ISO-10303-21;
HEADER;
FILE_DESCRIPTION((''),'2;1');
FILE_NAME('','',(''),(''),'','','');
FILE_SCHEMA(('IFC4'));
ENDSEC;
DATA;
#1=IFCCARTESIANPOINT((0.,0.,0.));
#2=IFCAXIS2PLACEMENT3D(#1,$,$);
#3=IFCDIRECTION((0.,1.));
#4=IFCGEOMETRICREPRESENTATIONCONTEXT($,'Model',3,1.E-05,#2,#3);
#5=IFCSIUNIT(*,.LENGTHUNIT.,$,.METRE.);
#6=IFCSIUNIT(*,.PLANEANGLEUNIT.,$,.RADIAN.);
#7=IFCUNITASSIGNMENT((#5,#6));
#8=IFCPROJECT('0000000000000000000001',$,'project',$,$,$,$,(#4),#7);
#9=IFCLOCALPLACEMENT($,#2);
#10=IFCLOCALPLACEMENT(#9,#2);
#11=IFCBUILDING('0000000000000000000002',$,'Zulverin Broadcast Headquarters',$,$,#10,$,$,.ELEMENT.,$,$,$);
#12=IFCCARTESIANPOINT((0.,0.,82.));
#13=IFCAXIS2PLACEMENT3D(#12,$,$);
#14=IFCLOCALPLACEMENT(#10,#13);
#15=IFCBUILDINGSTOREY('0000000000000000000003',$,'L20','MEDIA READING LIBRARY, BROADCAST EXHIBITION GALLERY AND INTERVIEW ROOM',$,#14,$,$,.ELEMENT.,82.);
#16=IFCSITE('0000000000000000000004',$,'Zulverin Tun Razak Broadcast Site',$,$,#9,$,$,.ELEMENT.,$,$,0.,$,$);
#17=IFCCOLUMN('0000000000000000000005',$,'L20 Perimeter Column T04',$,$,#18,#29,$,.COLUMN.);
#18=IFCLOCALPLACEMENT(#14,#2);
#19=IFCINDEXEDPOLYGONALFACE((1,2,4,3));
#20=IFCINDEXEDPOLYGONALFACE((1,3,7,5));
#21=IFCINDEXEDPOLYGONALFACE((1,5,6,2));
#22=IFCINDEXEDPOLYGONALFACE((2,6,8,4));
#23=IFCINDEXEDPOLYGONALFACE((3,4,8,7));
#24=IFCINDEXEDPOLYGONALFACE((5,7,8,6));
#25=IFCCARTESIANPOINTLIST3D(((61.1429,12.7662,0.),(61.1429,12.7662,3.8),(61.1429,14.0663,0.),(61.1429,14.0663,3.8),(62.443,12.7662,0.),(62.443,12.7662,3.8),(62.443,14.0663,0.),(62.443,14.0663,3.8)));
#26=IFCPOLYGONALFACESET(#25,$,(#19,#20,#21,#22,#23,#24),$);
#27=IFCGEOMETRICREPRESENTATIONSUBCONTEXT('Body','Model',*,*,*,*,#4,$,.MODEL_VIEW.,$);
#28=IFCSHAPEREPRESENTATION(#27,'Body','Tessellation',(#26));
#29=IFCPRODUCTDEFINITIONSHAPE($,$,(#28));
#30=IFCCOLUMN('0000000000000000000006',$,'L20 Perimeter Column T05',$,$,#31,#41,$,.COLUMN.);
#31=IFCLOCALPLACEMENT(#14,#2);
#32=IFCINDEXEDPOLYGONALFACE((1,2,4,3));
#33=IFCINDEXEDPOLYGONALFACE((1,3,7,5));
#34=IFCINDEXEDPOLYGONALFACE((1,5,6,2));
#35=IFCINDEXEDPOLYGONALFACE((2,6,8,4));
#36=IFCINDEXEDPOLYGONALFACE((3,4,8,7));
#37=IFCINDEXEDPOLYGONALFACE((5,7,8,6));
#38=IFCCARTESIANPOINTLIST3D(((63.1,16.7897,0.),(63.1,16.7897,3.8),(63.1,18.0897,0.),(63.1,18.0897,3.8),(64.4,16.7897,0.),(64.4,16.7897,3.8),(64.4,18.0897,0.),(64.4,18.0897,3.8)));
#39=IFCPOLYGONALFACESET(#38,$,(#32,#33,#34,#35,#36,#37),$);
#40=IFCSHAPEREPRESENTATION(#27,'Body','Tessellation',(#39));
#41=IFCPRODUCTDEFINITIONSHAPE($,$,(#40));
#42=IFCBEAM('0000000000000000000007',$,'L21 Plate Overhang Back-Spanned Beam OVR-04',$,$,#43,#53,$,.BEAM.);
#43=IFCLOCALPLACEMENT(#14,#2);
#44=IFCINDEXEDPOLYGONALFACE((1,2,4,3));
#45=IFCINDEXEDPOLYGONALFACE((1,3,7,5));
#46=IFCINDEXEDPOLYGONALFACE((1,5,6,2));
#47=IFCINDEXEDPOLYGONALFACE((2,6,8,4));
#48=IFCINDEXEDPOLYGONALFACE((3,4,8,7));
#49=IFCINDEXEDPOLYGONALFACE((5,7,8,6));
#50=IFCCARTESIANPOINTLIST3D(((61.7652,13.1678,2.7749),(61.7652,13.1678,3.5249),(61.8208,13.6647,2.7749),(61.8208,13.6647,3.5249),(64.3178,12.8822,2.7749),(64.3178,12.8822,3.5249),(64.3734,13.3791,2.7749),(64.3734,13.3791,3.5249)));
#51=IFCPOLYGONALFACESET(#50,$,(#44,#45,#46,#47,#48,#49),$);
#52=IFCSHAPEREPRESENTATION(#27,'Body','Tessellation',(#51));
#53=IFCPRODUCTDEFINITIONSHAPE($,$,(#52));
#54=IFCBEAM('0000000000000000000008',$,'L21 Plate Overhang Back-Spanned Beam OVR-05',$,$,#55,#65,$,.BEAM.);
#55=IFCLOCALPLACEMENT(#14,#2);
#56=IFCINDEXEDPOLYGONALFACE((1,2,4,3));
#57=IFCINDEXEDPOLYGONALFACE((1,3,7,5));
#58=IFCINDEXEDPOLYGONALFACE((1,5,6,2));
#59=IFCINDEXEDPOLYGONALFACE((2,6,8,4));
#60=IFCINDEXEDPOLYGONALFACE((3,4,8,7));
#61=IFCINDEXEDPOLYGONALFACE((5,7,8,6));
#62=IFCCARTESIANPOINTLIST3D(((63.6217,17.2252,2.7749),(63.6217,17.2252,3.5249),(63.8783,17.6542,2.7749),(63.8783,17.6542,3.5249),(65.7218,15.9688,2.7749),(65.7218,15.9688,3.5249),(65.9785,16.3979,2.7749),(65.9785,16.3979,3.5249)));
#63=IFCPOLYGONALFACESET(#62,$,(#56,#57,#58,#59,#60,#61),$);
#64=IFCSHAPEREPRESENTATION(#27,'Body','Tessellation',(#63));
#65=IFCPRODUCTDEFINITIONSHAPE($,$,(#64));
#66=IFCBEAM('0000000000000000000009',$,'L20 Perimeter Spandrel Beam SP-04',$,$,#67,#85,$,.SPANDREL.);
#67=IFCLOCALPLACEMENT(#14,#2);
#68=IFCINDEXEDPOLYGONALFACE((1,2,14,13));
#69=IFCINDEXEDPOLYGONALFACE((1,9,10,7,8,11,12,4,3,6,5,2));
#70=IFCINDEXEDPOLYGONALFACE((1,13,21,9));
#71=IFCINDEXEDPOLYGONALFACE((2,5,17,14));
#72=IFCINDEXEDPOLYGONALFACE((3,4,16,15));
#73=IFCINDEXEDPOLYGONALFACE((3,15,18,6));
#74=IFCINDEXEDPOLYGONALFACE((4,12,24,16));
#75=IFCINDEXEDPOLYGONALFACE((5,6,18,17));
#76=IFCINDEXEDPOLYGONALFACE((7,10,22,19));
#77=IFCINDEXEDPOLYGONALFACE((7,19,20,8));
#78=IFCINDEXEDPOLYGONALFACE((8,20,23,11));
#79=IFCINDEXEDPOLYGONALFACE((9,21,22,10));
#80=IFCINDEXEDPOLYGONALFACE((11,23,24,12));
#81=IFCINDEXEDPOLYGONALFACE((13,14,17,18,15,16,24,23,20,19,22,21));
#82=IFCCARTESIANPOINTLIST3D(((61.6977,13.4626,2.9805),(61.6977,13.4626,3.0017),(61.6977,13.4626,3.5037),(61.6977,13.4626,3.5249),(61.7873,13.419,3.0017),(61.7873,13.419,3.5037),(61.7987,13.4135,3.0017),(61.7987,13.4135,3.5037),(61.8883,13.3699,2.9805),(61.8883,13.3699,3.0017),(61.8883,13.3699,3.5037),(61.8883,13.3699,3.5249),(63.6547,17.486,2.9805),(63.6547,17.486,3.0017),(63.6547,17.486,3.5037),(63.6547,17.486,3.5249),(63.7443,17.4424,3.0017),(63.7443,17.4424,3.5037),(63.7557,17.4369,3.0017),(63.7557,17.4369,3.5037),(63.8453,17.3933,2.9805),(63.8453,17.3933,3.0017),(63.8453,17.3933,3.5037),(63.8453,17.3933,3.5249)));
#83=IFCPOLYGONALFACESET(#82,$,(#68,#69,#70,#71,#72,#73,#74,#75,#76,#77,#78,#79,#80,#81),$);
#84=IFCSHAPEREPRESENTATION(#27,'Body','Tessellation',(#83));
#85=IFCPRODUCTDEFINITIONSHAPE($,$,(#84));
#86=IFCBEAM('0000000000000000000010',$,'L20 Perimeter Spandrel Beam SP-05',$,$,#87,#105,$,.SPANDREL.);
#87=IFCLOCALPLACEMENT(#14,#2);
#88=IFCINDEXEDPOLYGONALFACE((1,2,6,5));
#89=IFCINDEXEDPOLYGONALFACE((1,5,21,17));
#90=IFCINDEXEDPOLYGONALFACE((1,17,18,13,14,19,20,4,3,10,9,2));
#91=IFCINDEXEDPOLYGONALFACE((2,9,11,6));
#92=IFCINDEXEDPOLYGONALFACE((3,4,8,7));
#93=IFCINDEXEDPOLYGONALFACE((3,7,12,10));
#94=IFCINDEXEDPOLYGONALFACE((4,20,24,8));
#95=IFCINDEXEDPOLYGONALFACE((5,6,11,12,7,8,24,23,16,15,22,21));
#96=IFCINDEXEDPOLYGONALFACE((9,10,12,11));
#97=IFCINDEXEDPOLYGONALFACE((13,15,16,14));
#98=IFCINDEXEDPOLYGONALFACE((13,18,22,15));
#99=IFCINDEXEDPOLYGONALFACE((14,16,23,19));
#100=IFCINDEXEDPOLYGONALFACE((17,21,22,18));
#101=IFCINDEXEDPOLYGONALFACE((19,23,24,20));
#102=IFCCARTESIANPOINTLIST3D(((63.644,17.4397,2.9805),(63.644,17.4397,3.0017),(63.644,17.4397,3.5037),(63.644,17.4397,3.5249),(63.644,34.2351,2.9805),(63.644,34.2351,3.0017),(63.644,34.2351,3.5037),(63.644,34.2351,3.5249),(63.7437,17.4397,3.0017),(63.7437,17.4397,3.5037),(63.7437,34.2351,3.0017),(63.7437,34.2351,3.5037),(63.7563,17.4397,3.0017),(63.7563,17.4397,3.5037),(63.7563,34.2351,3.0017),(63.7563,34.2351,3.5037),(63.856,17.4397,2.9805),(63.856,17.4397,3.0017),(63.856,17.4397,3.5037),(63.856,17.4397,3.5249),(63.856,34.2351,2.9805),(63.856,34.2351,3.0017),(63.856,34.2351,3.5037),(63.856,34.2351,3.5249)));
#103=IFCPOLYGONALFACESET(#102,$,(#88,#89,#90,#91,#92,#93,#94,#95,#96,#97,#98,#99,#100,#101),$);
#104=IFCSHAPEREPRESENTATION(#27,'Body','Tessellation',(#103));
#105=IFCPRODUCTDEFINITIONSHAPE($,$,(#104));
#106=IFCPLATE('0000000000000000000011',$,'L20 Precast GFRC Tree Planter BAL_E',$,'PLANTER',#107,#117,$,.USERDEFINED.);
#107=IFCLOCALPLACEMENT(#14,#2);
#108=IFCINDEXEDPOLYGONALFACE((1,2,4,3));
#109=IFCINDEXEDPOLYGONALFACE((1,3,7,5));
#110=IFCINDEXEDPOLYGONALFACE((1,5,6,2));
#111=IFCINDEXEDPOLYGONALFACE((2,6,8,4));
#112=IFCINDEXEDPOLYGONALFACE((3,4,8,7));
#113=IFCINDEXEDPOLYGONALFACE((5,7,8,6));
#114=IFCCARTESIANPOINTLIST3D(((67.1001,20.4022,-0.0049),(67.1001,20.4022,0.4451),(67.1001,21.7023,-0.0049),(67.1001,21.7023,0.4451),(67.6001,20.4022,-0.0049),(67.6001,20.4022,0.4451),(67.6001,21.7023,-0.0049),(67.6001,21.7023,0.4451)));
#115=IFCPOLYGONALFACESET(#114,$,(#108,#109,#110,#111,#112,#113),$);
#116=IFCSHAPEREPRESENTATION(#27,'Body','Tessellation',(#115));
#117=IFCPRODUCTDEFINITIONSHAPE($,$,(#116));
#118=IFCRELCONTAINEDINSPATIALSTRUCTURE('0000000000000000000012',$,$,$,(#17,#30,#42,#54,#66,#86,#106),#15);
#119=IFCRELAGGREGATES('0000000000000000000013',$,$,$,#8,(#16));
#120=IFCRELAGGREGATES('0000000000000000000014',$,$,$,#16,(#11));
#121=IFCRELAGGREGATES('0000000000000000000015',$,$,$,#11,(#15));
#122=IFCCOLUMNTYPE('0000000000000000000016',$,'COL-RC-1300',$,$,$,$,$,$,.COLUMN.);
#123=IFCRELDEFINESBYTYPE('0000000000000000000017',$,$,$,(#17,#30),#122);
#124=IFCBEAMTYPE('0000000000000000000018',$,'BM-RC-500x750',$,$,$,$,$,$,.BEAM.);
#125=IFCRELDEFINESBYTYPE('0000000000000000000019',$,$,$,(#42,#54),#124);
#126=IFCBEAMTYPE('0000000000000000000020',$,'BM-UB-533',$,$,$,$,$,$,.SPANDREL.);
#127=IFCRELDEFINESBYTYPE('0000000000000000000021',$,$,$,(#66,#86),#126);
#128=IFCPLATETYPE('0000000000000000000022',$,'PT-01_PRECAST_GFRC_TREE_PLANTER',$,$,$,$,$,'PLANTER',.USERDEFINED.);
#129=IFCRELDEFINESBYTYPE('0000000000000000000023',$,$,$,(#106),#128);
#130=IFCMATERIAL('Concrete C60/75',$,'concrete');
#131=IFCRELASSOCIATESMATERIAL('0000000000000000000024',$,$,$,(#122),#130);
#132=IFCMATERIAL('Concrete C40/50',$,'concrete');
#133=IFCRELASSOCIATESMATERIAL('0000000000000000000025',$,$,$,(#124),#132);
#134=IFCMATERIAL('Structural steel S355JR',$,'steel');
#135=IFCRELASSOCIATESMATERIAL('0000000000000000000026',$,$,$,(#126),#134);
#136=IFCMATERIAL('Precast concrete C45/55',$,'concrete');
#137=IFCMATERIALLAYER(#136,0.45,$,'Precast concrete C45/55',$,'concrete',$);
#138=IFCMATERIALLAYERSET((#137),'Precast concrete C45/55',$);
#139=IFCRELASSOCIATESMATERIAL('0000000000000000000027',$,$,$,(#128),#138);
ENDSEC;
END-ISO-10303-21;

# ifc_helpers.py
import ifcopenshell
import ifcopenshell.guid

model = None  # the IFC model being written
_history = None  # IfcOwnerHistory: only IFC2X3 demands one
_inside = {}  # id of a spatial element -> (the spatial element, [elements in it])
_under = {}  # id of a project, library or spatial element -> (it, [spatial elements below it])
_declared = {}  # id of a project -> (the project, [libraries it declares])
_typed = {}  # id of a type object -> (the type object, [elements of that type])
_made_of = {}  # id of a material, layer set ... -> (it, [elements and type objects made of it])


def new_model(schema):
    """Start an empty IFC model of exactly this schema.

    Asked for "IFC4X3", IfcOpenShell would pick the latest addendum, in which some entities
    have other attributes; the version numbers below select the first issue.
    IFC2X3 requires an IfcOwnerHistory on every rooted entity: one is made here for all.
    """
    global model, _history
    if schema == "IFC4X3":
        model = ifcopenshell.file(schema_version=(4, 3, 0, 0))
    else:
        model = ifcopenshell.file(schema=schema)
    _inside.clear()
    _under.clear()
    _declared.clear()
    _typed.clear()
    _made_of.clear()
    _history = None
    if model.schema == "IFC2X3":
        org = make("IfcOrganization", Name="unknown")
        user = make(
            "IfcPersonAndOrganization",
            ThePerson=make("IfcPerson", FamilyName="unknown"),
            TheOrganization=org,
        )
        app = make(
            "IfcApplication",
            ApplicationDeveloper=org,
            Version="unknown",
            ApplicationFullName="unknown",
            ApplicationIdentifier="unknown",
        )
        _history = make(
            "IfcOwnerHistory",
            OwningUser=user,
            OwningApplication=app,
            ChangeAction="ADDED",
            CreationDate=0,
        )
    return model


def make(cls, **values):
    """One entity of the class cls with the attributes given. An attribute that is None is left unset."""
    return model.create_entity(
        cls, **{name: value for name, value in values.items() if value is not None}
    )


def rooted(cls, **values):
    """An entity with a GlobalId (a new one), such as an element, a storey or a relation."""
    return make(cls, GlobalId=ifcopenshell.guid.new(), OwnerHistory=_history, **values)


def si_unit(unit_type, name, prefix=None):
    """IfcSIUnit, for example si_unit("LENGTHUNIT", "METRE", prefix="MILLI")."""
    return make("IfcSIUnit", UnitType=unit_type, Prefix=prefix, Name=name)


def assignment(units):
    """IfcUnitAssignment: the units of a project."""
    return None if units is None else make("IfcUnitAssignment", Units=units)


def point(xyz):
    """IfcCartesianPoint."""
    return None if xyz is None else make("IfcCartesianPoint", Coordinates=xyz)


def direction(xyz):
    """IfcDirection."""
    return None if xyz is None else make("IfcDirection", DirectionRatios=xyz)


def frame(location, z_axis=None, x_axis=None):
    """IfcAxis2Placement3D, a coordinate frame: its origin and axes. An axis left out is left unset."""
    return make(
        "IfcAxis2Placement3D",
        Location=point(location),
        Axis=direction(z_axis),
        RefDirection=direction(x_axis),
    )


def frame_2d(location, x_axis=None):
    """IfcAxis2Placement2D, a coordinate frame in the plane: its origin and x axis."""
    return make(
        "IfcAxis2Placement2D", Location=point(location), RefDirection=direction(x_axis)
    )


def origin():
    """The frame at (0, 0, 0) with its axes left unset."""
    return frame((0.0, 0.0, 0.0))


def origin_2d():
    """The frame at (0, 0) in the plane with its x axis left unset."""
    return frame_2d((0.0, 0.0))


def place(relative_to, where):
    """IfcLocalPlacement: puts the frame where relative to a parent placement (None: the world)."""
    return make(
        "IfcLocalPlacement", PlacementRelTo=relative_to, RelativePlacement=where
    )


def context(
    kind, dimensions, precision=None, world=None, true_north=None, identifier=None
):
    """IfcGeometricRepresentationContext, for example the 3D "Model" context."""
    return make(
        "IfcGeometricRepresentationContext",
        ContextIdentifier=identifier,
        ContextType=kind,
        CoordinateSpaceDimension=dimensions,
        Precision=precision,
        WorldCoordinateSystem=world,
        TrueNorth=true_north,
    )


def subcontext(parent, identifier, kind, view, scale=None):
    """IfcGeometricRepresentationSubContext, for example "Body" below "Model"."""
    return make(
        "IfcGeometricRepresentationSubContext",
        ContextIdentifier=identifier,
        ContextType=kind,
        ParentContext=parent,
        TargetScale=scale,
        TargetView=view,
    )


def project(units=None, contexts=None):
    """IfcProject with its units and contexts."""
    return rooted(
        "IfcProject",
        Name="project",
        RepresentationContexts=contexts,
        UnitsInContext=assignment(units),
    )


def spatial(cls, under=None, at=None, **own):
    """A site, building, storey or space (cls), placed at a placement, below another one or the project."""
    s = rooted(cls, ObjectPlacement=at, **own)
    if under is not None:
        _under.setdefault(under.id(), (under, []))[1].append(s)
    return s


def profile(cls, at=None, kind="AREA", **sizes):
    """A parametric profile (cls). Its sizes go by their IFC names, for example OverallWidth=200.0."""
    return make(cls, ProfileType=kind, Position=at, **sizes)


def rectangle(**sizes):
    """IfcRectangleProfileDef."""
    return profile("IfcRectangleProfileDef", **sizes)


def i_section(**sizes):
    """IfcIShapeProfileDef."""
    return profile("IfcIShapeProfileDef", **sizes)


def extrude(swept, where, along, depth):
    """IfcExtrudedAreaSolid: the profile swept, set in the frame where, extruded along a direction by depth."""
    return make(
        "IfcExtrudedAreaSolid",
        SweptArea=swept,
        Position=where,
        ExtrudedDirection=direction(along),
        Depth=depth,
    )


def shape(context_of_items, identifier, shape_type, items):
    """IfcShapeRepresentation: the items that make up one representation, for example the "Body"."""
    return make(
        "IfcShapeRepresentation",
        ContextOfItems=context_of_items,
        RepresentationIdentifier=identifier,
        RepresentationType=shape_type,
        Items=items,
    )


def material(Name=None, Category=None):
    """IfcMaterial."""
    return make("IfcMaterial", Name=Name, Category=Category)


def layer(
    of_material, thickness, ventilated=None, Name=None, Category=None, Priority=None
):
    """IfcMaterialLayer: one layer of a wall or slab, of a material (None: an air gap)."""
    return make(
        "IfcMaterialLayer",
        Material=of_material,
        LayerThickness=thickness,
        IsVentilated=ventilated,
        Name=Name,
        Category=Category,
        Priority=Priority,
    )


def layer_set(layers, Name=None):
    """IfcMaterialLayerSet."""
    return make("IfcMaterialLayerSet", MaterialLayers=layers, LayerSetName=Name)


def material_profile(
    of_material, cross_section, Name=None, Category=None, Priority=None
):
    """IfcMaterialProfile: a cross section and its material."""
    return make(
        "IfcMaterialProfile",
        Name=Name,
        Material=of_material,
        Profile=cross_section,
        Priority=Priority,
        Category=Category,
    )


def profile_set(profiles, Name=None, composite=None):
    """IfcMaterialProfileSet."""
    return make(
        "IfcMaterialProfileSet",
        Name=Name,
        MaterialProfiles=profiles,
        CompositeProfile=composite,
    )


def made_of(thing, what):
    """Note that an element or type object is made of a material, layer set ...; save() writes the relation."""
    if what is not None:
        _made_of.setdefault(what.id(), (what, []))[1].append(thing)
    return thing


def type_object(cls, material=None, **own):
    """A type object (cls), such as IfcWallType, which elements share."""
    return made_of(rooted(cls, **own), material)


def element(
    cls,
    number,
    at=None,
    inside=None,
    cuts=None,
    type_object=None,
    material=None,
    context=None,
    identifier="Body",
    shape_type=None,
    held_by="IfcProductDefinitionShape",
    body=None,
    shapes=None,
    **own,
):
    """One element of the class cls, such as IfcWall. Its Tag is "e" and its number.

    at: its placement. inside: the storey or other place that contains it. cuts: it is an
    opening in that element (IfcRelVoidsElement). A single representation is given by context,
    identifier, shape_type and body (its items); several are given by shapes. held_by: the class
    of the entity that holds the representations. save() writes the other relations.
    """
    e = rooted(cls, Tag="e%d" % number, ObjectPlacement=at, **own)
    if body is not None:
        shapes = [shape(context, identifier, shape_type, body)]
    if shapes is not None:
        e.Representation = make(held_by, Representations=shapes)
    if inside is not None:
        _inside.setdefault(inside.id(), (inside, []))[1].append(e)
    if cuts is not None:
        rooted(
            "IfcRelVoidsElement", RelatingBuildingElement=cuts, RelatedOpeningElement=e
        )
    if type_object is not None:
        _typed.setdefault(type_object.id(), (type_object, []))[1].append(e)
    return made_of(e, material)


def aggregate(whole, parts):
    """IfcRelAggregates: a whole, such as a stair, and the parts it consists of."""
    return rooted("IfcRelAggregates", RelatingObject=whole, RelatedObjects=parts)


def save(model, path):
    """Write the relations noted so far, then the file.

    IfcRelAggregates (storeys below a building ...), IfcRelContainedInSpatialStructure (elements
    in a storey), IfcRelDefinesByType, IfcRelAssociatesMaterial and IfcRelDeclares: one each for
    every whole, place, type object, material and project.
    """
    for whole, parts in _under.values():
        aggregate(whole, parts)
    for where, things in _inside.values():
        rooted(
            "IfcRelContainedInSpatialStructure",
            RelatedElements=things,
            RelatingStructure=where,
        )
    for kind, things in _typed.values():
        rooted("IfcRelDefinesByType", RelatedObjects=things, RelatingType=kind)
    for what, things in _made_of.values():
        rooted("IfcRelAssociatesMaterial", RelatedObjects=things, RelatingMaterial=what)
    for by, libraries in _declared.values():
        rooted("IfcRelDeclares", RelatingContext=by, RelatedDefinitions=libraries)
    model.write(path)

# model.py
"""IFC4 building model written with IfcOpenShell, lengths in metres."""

from ifc_helpers import new_model, si_unit, direction, frame, origin, origin_2d, place, context, subcontext, project, spatial, rectangle, i_section, extrude, material, layer, layer_set, material_profile, profile_set, type_object, element, save


model = new_model("IFC4")

# Units and contexts
model_context = context("Model", 3, precision=1e-05, world=origin(), true_north=direction((0.0, 1.0)))
body_context = subcontext(model_context, "Body", "Model", "MODEL_VIEW")
ifc_project = project(units=[si_unit("LENGTHUNIT", "METRE"), si_unit("PLANEANGLEUNIT", "RADIAN")], contexts=[model_context])

# Site, building, storey
site_placement = place(None, origin())
site = spatial("IfcSite", under=ifc_project, at=site_placement, Name="Zulverin Tun Razak Broadcast Site", CompositionType="ELEMENT", RefElevation=0.0)
building_placement = place(site_placement, origin())
building = spatial("IfcBuilding", under=site, at=building_placement, Name="Zulverin Broadcast Headquarters", CompositionType="ELEMENT")
storey_placement = place(building_placement, frame((0.0, 0.0, 82.0)))
storey = spatial("IfcBuildingStorey", under=building, at=storey_placement, Name="L20", Description="MEDIA READING LIBRARY, BROADCAST EXHIBITION GALLERY AND INTERVIEW ROOM", CompositionType="ELEMENT", Elevation=82.0)

# Columns
ifc_material_1 = material(Name="Concrete C60/75", Category="concrete")
ifc_material_profile_1 = material_profile(ifc_material_1, rectangle(XDim=1.3, YDim=1.3, at=origin_2d()), Name="Concrete C60/75", Category="concrete")
ifc_profile_set_1 = profile_set([ifc_material_profile_1], Name="Concrete C60/75")
column_type = type_object("IfcColumnType", Name="COL-RC-1300", PredefinedType="COLUMN", material=ifc_profile_set_1)
for number, where, z_axis, x_axis, name in (
    (1, (61.793, 13.4163, 0.0), (0.0, 0.0, 1.0), (1.0, 0.0, 0.0), "L20 Perimeter Column T04"),
    (2, (63.75, 17.4397, 0.0), (0.0, 0.0, 1.0), (1.0, 0.0, 0.0), "L20 Perimeter Column T05"),
):
    element("IfcColumn", number, at=place(storey_placement, frame(where, z_axis=z_axis, x_axis=x_axis)), inside=storey, type_object=column_type, Name=name, PredefinedType="COLUMN", context=body_context, shape_type="SweptSolid", body=[
        extrude(rectangle(XDim=1.3, YDim=1.3, at=origin_2d()), origin(), (0.0, 0.0, 1.0), 3.8),
    ])

# Beams
ifc_material_2 = material(Name="Concrete C40/50", Category="concrete")
ifc_material_profile_2 = material_profile(ifc_material_2, rectangle(XDim=0.5, YDim=0.75, at=origin_2d()), Name="Concrete C40/50", Category="concrete")
ifc_profile_set_2 = profile_set([ifc_material_profile_2], Name="Concrete C40/50")
beam_type_1 = type_object("IfcBeamType", Name="BM-RC-500x750", PredefinedType="BEAM", material=ifc_profile_set_2)
beam_1_placement = place(storey_placement, frame((61.793, 13.4163, 3.1499), z_axis=(0.993798, -0.111203, 0.0), x_axis=(0.111203, 0.993798, 0.0)))
element("IfcBeam", 3, at=beam_1_placement, inside=storey, type_object=beam_type_1, Name="L21 Plate Overhang Back-Spanned Beam OVR-04", PredefinedType="BEAM", context=body_context, shape_type="SweptSolid", body=[
    extrude(rectangle(XDim=0.5, YDim=0.75, at=origin_2d()), origin(), (0.0, 0.0, 1.0), 2.5686),
])
beam_2_placement = place(storey_placement, frame((63.75, 17.4397, 3.1499), z_axis=(0.858161, -0.51338, 0.0), x_axis=(0.51338, 0.858161, 0.0)))
element("IfcBeam", 4, at=beam_2_placement, inside=storey, type_object=beam_type_1, Name="L21 Plate Overhang Back-Spanned Beam OVR-05", PredefinedType="BEAM", context=body_context, shape_type="SweptSolid", body=[
    extrude(rectangle(XDim=0.5, YDim=0.75, at=origin_2d()), origin(), (0.0, 0.0, 1.0), 2.4473),
])
ifc_material_3 = material(Name="Structural steel S355JR", Category="steel")
ifc_material_profile_3 = material_profile(ifc_material_3, i_section(OverallWidth=0.2119, OverallDepth=0.5444, WebThickness=0.0127, FlangeThickness=0.0212, at=origin_2d()), Name="Structural steel S355JR", Category="steel")
ifc_profile_set_3 = profile_set([ifc_material_profile_3], Name="Structural steel S355JR")
beam_type_2 = type_object("IfcBeamType", Name="BM-UB-533", PredefinedType="SPANDREL", material=ifc_profile_set_3)
beam_3_placement = place(storey_placement, frame((61.793, 13.4163, 3.2527), z_axis=(0.437408, 0.899263, 0.0), x_axis=(-0.899263, 0.437408, 0.0)))
element("IfcBeam", 5, at=beam_3_placement, inside=storey, type_object=beam_type_2, Name="L20 Perimeter Spandrel Beam SP-04", PredefinedType="SPANDREL", context=body_context, shape_type="SweptSolid", body=[
    extrude(i_section(OverallWidth=0.2119, OverallDepth=0.5444, WebThickness=0.0127, FlangeThickness=0.0212, at=origin_2d()), origin(), (0.0, 0.0, 1.0), 4.4741),
])
beam_4_placement = place(storey_placement, frame((63.75, 17.4397, 3.2527), z_axis=(0.0, 1.0, 0.0), x_axis=(-1.0, 0.0, 0.0)))
element("IfcBeam", 6, at=beam_4_placement, inside=storey, type_object=beam_type_2, Name="L20 Perimeter Spandrel Beam SP-05", PredefinedType="SPANDREL", context=body_context, shape_type="SweptSolid", body=[
    extrude(i_section(OverallWidth=0.2119, OverallDepth=0.5444, WebThickness=0.0127, FlangeThickness=0.0212, at=origin_2d()), origin(), (0.0, 0.0, 1.0), 16.7954),
])

# Plate
ifc_material_4 = material(Name="Precast concrete C45/55", Category="concrete")
ifc_layer_1 = layer(ifc_material_4, 0.45, Name="Precast concrete C45/55", Category="concrete")
ifc_layer_set_1 = layer_set([ifc_layer_1], Name="Precast concrete C45/55")
plate_type = type_object("IfcPlateType", Name="PT-01_PRECAST_GFRC_TREE_PLANTER", ElementType="PLANTER", PredefinedType="USERDEFINED", material=ifc_layer_set_1)
plate_placement = place(storey_placement, frame((67.3501, 21.0522, -0.0049), z_axis=(0.0, 0.0, 1.0), x_axis=(0.0, 1.0, 0.0)))
element("IfcPlate", 7, at=plate_placement, inside=storey, type_object=plate_type, Name="L20 Precast GFRC Tree Planter BAL_E", ObjectType="PLANTER", PredefinedType="USERDEFINED", context=body_context, shape_type="SweptSolid", body=[
    extrude(rectangle(XDim=1.3, YDim=0.5, at=origin_2d()), origin(), (0.0, 0.0, 1.0), 0.45),
])

save(model, "model.ifc")
